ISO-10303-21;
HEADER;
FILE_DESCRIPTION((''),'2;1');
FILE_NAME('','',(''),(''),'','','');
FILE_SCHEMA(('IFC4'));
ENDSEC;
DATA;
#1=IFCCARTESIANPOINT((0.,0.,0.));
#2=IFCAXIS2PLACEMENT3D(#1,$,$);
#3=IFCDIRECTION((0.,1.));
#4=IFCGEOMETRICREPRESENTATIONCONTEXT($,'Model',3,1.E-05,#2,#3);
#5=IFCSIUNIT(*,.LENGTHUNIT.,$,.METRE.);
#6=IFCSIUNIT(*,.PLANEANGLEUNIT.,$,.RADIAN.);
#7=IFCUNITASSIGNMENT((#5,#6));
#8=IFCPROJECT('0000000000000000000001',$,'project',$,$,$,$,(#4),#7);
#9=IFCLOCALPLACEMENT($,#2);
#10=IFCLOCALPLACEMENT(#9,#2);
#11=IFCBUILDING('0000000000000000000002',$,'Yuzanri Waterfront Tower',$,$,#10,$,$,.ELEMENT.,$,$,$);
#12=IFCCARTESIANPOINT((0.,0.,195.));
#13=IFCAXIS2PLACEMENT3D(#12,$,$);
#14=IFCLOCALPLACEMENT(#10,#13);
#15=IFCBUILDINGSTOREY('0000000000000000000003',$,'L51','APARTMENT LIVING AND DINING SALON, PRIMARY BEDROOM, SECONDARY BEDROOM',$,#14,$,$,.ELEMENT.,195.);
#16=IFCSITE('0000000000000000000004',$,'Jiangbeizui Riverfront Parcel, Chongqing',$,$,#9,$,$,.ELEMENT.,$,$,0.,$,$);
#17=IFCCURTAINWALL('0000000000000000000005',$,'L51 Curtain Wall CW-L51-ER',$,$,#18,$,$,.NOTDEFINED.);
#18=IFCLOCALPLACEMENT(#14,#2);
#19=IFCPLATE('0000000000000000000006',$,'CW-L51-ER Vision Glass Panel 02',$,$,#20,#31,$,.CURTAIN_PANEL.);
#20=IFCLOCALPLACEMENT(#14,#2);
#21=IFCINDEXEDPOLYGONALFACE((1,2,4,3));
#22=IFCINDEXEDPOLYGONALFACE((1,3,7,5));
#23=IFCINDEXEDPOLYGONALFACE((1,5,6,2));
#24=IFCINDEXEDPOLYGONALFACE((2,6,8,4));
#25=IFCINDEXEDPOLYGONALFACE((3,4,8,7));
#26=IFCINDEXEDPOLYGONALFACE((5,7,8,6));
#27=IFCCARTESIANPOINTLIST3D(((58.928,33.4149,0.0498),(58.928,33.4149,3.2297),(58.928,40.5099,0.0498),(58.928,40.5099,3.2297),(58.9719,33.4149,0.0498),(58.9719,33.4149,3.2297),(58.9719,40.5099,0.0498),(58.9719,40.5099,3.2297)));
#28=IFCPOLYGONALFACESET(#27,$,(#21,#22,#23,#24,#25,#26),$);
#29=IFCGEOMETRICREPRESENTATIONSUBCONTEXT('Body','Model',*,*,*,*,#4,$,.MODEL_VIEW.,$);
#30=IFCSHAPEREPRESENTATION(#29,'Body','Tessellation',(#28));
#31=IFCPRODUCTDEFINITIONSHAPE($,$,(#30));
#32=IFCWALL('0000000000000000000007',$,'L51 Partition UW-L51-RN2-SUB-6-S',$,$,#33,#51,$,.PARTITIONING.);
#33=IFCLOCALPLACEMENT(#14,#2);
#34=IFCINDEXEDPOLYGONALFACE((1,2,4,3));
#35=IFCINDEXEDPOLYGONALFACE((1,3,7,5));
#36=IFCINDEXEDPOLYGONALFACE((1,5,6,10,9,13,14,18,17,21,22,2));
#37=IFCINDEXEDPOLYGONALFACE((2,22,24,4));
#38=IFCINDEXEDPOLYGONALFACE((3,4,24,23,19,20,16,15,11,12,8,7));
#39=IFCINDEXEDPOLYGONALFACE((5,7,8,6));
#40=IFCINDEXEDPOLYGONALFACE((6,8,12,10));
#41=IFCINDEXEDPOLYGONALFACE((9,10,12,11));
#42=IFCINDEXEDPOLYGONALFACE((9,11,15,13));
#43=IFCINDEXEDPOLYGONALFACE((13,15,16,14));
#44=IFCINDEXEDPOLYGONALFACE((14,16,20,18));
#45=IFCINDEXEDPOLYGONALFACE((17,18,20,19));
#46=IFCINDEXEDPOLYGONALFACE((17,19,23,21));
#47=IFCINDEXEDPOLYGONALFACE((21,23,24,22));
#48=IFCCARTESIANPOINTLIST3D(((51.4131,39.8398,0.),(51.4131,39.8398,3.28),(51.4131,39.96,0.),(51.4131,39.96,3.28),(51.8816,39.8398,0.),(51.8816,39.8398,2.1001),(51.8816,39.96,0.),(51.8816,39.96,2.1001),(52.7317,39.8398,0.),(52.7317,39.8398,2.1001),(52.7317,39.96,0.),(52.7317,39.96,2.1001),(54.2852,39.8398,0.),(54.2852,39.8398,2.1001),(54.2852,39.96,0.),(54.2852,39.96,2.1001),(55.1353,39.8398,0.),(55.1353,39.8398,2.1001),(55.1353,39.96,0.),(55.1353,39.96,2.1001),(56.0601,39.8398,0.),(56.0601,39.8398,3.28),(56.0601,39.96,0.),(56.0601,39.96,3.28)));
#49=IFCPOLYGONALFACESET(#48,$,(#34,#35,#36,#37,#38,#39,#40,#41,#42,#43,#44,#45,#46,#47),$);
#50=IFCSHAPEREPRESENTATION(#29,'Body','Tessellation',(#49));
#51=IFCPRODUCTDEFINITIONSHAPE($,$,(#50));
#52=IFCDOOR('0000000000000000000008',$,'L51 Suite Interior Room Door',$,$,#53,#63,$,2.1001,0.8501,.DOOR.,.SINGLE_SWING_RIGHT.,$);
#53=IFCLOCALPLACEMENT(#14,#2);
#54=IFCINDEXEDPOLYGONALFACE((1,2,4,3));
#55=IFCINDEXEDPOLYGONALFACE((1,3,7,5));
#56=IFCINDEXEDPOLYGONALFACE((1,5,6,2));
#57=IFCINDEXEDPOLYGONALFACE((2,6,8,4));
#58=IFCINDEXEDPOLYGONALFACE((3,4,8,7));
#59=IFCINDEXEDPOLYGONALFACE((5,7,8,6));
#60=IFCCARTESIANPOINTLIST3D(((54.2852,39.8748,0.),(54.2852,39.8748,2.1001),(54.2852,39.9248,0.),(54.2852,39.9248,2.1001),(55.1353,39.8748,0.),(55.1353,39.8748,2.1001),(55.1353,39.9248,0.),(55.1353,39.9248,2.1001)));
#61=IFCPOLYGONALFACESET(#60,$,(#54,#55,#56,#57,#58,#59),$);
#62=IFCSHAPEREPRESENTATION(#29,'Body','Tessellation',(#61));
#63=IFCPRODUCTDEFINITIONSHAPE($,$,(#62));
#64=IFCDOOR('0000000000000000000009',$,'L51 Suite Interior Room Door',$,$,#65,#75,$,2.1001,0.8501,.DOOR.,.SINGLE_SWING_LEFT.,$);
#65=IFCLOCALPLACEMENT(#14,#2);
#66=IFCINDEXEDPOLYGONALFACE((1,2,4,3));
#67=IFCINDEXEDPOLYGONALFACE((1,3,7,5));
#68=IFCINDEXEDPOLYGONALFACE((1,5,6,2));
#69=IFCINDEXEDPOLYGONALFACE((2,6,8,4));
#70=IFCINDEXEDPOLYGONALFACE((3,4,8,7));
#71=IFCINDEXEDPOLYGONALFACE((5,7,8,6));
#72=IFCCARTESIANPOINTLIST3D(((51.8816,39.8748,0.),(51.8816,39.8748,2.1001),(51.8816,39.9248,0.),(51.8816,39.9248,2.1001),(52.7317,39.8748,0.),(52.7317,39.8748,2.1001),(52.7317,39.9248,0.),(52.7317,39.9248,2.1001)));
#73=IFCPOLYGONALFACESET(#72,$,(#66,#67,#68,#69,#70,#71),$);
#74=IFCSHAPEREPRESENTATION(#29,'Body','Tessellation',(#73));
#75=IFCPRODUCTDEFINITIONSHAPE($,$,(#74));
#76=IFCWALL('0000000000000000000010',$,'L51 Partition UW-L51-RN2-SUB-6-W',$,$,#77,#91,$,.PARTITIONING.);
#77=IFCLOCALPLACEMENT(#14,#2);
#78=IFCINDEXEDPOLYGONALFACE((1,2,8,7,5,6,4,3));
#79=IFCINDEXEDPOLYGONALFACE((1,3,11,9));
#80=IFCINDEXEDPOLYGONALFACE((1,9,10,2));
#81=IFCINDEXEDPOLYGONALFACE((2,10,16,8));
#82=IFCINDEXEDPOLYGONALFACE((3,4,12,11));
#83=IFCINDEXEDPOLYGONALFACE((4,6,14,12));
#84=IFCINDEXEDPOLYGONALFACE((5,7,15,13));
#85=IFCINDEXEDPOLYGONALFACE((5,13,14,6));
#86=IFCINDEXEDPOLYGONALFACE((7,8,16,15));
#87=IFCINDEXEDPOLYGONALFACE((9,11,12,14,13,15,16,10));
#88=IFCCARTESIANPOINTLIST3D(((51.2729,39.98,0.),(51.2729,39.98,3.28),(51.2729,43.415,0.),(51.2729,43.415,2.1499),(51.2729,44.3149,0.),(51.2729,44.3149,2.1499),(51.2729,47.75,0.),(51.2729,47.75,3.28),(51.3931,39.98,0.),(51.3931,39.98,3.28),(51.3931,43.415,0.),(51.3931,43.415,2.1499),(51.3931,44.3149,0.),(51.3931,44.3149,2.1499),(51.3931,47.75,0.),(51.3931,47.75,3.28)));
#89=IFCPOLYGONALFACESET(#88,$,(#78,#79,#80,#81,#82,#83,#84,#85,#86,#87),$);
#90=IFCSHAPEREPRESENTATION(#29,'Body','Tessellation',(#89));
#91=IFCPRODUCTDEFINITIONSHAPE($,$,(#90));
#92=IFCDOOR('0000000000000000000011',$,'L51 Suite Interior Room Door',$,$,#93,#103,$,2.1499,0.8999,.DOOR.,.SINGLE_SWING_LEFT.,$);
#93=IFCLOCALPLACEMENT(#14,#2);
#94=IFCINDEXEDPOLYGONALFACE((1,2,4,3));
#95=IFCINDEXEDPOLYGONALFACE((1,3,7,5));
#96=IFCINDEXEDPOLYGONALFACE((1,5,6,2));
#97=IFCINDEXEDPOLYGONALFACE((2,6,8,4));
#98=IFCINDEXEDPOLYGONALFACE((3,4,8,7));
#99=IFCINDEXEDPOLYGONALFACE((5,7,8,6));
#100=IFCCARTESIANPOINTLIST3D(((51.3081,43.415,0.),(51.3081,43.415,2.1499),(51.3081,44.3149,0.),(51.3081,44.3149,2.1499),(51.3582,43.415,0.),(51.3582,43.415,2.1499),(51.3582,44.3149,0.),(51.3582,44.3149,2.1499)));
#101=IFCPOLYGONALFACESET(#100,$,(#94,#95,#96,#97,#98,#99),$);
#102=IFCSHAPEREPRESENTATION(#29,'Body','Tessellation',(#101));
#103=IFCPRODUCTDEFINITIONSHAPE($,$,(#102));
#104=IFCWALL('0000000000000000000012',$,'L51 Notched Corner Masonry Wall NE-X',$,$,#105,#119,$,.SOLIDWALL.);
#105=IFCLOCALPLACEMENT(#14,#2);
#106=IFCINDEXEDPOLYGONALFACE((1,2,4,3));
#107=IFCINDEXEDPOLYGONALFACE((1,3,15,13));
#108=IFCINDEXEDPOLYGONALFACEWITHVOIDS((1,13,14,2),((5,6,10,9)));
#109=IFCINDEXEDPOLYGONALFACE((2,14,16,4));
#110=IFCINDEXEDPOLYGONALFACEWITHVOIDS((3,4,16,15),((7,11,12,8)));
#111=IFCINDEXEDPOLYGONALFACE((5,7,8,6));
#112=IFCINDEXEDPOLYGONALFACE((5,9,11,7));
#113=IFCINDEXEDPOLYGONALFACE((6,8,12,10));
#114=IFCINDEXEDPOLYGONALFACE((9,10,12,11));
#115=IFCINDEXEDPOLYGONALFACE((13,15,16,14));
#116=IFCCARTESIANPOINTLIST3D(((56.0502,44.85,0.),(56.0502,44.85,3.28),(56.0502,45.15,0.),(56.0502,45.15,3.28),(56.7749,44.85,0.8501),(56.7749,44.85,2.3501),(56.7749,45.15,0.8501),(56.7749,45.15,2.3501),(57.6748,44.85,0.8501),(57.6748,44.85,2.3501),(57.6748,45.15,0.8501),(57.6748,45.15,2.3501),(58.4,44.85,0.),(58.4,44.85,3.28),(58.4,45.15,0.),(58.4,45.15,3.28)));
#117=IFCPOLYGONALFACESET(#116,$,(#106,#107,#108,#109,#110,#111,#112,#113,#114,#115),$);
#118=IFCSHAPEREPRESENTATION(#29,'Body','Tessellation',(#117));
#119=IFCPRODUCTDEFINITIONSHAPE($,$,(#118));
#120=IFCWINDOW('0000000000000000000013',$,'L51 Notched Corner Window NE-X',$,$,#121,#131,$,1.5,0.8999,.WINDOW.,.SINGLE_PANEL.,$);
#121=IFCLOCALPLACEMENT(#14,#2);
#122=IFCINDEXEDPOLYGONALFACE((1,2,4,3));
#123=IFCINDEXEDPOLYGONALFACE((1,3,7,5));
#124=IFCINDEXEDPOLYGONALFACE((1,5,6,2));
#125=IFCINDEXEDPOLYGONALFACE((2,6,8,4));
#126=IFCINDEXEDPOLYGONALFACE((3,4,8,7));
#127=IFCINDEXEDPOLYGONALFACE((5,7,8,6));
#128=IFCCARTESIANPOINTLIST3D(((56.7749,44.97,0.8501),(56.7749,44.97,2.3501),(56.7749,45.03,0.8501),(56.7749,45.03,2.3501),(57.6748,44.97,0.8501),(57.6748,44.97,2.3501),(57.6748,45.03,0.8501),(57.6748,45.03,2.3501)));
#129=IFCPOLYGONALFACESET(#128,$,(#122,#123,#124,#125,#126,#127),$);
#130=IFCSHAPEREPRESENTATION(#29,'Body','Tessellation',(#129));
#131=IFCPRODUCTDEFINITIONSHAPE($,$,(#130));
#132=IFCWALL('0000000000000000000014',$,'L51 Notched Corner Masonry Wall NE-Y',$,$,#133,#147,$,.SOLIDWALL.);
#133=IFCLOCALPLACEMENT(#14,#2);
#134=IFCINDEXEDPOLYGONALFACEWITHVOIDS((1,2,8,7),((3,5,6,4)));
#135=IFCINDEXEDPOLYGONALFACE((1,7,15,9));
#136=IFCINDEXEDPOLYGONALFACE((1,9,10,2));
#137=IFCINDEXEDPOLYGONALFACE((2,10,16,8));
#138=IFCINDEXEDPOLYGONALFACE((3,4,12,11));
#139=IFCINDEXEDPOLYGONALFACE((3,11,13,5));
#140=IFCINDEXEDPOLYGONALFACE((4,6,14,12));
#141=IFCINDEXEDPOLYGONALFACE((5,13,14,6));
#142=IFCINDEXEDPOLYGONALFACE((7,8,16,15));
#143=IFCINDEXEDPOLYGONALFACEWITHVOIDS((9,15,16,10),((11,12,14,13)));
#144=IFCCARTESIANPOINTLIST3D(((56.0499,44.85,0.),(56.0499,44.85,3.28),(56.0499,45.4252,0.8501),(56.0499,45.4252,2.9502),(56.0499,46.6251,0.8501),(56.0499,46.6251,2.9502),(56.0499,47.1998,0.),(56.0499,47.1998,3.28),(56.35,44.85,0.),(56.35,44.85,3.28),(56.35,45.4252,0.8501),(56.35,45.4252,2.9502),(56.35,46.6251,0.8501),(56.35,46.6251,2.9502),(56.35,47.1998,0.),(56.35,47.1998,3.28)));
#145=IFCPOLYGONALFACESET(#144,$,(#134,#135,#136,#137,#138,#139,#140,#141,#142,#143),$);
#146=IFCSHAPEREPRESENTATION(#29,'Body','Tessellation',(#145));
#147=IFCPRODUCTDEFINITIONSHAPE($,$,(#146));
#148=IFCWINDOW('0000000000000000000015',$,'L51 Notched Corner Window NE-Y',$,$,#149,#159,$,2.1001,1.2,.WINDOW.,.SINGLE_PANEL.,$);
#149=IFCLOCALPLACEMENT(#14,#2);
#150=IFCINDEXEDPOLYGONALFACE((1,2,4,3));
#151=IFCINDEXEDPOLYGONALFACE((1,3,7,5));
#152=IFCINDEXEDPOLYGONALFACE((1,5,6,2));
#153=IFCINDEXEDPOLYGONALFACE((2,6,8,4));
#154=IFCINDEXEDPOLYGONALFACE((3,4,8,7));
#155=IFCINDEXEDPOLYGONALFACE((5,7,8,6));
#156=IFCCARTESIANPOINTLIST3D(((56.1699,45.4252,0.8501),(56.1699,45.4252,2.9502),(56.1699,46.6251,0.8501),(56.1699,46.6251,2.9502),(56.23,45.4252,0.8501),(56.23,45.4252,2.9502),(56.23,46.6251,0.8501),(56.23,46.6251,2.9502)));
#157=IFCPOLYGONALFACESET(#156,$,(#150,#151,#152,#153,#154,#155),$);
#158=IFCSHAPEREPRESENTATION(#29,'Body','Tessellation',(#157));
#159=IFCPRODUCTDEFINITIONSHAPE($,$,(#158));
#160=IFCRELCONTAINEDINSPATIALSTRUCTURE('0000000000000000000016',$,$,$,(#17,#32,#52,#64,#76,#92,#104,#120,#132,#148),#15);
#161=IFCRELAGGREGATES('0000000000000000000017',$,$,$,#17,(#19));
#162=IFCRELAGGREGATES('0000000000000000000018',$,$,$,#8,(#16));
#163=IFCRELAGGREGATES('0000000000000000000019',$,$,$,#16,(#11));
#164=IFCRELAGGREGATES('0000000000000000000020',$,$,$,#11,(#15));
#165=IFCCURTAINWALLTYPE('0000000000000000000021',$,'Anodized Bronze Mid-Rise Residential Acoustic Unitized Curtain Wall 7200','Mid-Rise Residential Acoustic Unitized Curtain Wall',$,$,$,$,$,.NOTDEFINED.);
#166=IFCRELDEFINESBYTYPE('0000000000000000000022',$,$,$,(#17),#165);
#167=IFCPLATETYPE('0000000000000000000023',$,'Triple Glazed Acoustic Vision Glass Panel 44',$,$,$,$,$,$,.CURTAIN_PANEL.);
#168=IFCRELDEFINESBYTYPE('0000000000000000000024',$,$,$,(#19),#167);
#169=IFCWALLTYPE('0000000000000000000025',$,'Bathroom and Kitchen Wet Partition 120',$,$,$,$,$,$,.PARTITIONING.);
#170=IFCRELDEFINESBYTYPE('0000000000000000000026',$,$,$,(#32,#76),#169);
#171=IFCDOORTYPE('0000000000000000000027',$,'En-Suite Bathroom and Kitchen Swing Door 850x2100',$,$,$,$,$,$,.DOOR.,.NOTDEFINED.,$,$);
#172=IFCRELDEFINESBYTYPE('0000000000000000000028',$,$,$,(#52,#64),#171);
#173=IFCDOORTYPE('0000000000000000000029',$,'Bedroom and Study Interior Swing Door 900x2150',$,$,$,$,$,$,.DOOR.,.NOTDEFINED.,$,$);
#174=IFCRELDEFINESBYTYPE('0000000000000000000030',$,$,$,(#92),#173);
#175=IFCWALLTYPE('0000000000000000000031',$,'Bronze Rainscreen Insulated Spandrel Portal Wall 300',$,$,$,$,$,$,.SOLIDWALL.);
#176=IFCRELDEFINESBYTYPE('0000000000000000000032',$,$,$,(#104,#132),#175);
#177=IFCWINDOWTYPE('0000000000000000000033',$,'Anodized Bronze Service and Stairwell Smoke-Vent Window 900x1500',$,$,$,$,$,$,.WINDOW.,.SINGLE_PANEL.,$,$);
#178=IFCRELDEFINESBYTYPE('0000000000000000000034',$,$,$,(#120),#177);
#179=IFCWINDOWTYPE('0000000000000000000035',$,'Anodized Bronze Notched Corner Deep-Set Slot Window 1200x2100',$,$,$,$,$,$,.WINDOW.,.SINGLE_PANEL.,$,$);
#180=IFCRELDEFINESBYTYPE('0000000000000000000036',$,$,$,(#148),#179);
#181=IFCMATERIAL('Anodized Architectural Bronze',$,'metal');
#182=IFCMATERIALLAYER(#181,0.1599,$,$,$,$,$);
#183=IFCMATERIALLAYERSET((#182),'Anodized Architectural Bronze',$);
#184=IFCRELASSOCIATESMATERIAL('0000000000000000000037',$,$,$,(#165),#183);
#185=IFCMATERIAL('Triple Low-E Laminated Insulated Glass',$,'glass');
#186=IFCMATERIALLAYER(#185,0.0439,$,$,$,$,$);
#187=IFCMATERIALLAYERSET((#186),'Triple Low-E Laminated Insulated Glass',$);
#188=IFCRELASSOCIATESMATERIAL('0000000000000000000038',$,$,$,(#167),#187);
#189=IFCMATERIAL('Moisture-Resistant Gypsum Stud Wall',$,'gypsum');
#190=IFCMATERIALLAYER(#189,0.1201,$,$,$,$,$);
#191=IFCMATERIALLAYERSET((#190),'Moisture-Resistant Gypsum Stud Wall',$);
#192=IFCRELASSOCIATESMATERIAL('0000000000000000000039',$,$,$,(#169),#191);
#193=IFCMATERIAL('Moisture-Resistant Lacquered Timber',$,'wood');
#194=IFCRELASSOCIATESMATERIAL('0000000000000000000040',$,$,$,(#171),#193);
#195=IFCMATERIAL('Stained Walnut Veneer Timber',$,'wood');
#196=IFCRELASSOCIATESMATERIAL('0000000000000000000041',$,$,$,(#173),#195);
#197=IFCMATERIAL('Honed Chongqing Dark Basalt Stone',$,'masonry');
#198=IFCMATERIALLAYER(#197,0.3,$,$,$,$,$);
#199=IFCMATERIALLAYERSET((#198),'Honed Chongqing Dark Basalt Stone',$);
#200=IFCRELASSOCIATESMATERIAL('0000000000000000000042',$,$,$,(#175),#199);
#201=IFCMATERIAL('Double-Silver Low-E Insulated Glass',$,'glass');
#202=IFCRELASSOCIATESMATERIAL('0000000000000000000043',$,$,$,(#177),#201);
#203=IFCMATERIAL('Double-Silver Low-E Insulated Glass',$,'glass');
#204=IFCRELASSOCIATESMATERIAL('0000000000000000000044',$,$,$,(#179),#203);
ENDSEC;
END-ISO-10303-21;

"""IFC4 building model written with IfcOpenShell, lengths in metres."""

from ifc_helpers import new_model, si_unit, direction, frame, frame_2d, origin, origin_2d, place, context, subcontext, project, spatial, rectangle, extrude, source, transform, mapped, material, layer, layer_set, type_object, element, fill, aggregate, save


model = new_model("IFC4")

# Units and contexts
model_context = context("Model", 3, precision=1e-05, world=origin(), true_north=direction((0.0, 1.0)))
body_context = subcontext(model_context, "Body", "Model", "MODEL_VIEW")
ifc_project = project(units=[si_unit("LENGTHUNIT", "METRE"), si_unit("PLANEANGLEUNIT", "RADIAN")], contexts=[model_context])

# Site, building, storey
site_placement = place(None, origin())
site = spatial("IfcSite", under=ifc_project, at=site_placement, Name="Jiangbeizui Riverfront Parcel, Chongqing", CompositionType="ELEMENT", RefElevation=0.0)
building_placement = place(site_placement, origin())
building = spatial("IfcBuilding", under=site, at=building_placement, Name="Yuzanri Waterfront Tower", CompositionType="ELEMENT")
storey_placement = place(building_placement, frame((0.0, 0.0, 195.0)))
storey = spatial("IfcBuildingStorey", under=building, at=storey_placement, Name="L51", Description="APARTMENT LIVING AND DINING SALON, PRIMARY BEDROOM, SECONDARY BEDROOM", CompositionType="ELEMENT", Elevation=195.0)

# Curtain wall
ifc_material_1 = material(Name="Anodized Architectural Bronze", Category="metal")
ifc_layer_1 = layer(ifc_material_1, 0.1599)
ifc_layer_set_1 = layer_set([ifc_layer_1], Name="Anodized Architectural Bronze")
curtain_wall_type = type_object("IfcCurtainWallType", Name="Anodized Bronze Mid-Rise Residential Acoustic Unitized Curtain Wall 7200", Description="Mid-Rise Residential Acoustic Unitized Curtain Wall", PredefinedType="NOTDEFINED", material=ifc_layer_set_1)
curtain_wall_1_placement = place(storey_placement, origin())
curtain_wall_1 = element("IfcCurtainWall", 1, at=curtain_wall_1_placement, inside=storey, type_object=curtain_wall_type, Name="L51 Curtain Wall CW-L51-ER", PredefinedType="NOTDEFINED")

# Plate
ifc_material_2 = material(Name="Triple Low-E Laminated Insulated Glass", Category="glass")
ifc_layer_2 = layer(ifc_material_2, 0.0439)
ifc_layer_set_2 = layer_set([ifc_layer_2], Name="Triple Low-E Laminated Insulated Glass")
plate_type_1 = type_object("IfcPlateType", Name="Triple Glazed Acoustic Vision Glass Panel 44", PredefinedType="CURTAIN_PANEL", material=ifc_layer_set_2)
shared_shape_1 = source(origin(), body_context, "Body", "SweptSolid", [
    extrude(rectangle(XDim=7.095, YDim=0.0439, at=origin_2d()), origin(), (0.0, 0.0, 1.0), 3.1799),
])
plate_placement = place(storey_placement, frame((58.95, 36.9624, 0.0498), z_axis=(0.0, 0.0, 1.0), x_axis=(0.0, 1.0, 0.0)))
plate = element("IfcPlate", 2, at=plate_placement, type_object=plate_type_1, Name="CW-L51-ER Vision Glass Panel 02", PredefinedType="CURTAIN_PANEL", context=body_context, shape_type="MappedRepresentation", body=[
    mapped(shared_shape_1, transform((0.0, 0.0, 0.0), scale=1.0)),
])
aggregate(curtain_wall_1, [plate])

# Wall, openings, doors
ifc_material_3 = material(Name="Moisture-Resistant Gypsum Stud Wall", Category="gypsum")
ifc_layer_3 = layer(ifc_material_3, 0.1201)
ifc_layer_set_3 = layer_set([ifc_layer_3], Name="Moisture-Resistant Gypsum Stud Wall")
wall_type_1 = type_object("IfcWallType", Name="Bathroom and Kitchen Wet Partition 120", PredefinedType="PARTITIONING", material=ifc_layer_set_3)
wall_1_placement = place(storey_placement, frame((51.4131, 39.8999, 0.0), z_axis=(0.0, 0.0, 1.0), x_axis=(1.0, 0.0, 0.0)))
wall_1 = element("IfcWall", 3, at=wall_1_placement, inside=storey, type_object=wall_type_1, Name="L51 Partition UW-L51-RN2-SUB-6-S", PredefinedType="PARTITIONING", context=body_context, shape_type="SweptSolid", body=[
    extrude(rectangle(XDim=4.647, YDim=0.1201, at=frame_2d((2.3235, 0.0))), origin(), (0.0, 0.0, 1.0), 3.28),
])
opening_1_placement = place(wall_1_placement, frame((2.8721, 0.0, 0.0)))
opening_1 = element("IfcOpeningElement", 4, at=opening_1_placement, cuts=wall_1, PredefinedType="OPENING", context=body_context, shape_type="SweptSolid", body=[
    extrude(rectangle(XDim=0.8501, YDim=2.1001, at=frame_2d((0.425, 1.05))), frame((0.0, 0.075, 0.0), z_axis=(0.0, -1.0, 0.0), x_axis=(1.0, 0.0, 0.0)), (0.0, 0.0, 1.0), 0.1499),
])
opening_2_placement = place(wall_1_placement, frame((0.4685, 0.0, 0.0)))
opening_2 = element("IfcOpeningElement", 5, at=opening_2_placement, cuts=wall_1, PredefinedType="OPENING", context=body_context, shape_type="SweptSolid", body=[
    extrude(rectangle(XDim=0.8501, YDim=2.1001, at=frame_2d((0.425, 1.05))), frame((0.0, 0.075, 0.0), z_axis=(0.0, -1.0, 0.0), x_axis=(1.0, 0.0, 0.0)), (0.0, 0.0, 1.0), 0.1499),
])
ifc_material_4 = material(Name="Moisture-Resistant Lacquered Timber", Category="wood")
door_type_1 = type_object("IfcDoorType", Name="En-Suite Bathroom and Kitchen Swing Door 850x2100", OperationType="NOTDEFINED", PredefinedType="DOOR", material=ifc_material_4)
shared_shape_2 = source(origin(), body_context, "Body", "SweptSolid", [
    extrude(rectangle(XDim=0.8501, YDim=2.1001, at=frame_2d((0.425, 1.05))), frame((0.0, 0.0249, 0.0), z_axis=(0.0, -1.0, 0.0), x_axis=(1.0, 0.0, 0.0)), (0.0, 0.0, 1.0), 0.05),
])
door_1_placement = place(opening_1_placement, origin())
door_1 = element("IfcDoor", 6, at=door_1_placement, inside=storey, type_object=door_type_1, Name="L51 Suite Interior Room Door", OperationType="SINGLE_SWING_RIGHT", OverallHeight=2.1001, OverallWidth=0.8501, PredefinedType="DOOR", context=body_context, shape_type="MappedRepresentation", body=[
    mapped(shared_shape_2, transform((0.0, 0.0, 0.0), scale=1.0)),
])
fill(opening_1, door_1)
door_2_placement = place(opening_2_placement, origin())
door_2 = element("IfcDoor", 7, at=door_2_placement, inside=storey, type_object=door_type_1, Name="L51 Suite Interior Room Door", OperationType="SINGLE_SWING_LEFT", OverallHeight=2.1001, OverallWidth=0.8501, PredefinedType="DOOR", context=body_context, shape_type="MappedRepresentation", body=[
    mapped(shared_shape_2, transform((0.0, 0.0, 0.0), scale=1.0)),
])
fill(opening_2, door_2)

# Wall, opening, door
wall_2_placement = place(storey_placement, frame((51.333, 39.98, 0.0), z_axis=(0.0, 0.0, 1.0), x_axis=(0.0, 1.0, 0.0)))
wall_2 = element("IfcWall", 8, at=wall_2_placement, inside=storey, type_object=wall_type_1, Name="L51 Partition UW-L51-RN2-SUB-6-W", PredefinedType="PARTITIONING", context=body_context, shape_type="SweptSolid", body=[
    extrude(rectangle(XDim=7.77, YDim=0.1201, at=frame_2d((3.885, 0.0))), origin(), (0.0, 0.0, 1.0), 3.28),
])
opening_3_placement = place(wall_2_placement, frame((3.4351, 0.0, 0.0)))
opening_3 = element("IfcOpeningElement", 9, at=opening_3_placement, cuts=wall_2, PredefinedType="OPENING", context=body_context, shape_type="SweptSolid", body=[
    extrude(rectangle(XDim=0.8999, YDim=2.1499, at=frame_2d((0.45, 1.075))), frame((0.0, 0.075, 0.0), z_axis=(0.0, -1.0, 0.0), x_axis=(1.0, 0.0, 0.0)), (0.0, 0.0, 1.0), 0.1499),
])
ifc_material_5 = material(Name="Stained Walnut Veneer Timber", Category="wood")
door_type_2 = type_object("IfcDoorType", Name="Bedroom and Study Interior Swing Door 900x2150", OperationType="NOTDEFINED", PredefinedType="DOOR", material=ifc_material_5)
shared_shape_3 = source(origin(), body_context, "Body", "SweptSolid", [
    extrude(rectangle(XDim=0.8999, YDim=2.1499, at=frame_2d((0.45, 1.075))), frame((0.0, 0.0249, 0.0), z_axis=(0.0, -1.0, 0.0), x_axis=(1.0, 0.0, 0.0)), (0.0, 0.0, 1.0), 0.05),
])
door_3_placement = place(opening_3_placement, origin())
door_3 = element("IfcDoor", 10, at=door_3_placement, inside=storey, type_object=door_type_2, Name="L51 Suite Interior Room Door", OperationType="SINGLE_SWING_LEFT", OverallHeight=2.1499, OverallWidth=0.8999, PredefinedType="DOOR", context=body_context, shape_type="MappedRepresentation", body=[
    mapped(shared_shape_3, transform((0.0, 0.0, 0.0), scale=1.0)),
])
fill(opening_3, door_3)

# Walls, openings, windows
ifc_material_6 = material(Name="Honed Chongqing Dark Basalt Stone", Category="masonry")
ifc_layer_4 = layer(ifc_material_6, 0.3)
ifc_layer_set_4 = layer_set([ifc_layer_4], Name="Honed Chongqing Dark Basalt Stone")
wall_type_2 = type_object("IfcWallType", Name="Bronze Rainscreen Insulated Spandrel Portal Wall 300", PredefinedType="SOLIDWALL", material=ifc_layer_set_4)
wall_3_placement = place(storey_placement, frame((58.3999, 45.0, 0.0), z_axis=(0.0, 0.0, 1.0), x_axis=(-1.0, 0.0, 0.0)))
wall_3 = element("IfcWall", 11, at=wall_3_placement, inside=storey, type_object=wall_type_2, Name="L51 Notched Corner Masonry Wall NE-X", PredefinedType="SOLIDWALL", context=body_context, shape_type="SweptSolid", body=[
    extrude(rectangle(XDim=2.3499, YDim=0.3, at=frame_2d((1.1748, 0.0))), origin(), (0.0, 0.0, 1.0), 3.28),
])
opening_4_placement = place(wall_3_placement, frame((0.7251, 0.0, 0.8501)))
opening_4 = element("IfcOpeningElement", 12, at=opening_4_placement, cuts=wall_3, PredefinedType="OPENING", context=body_context, shape_type="SweptSolid", body=[
    extrude(rectangle(XDim=0.8999, YDim=1.5, at=frame_2d((0.45, 0.75))), frame((0.0, 0.165, 0.0), z_axis=(0.0, -1.0, 0.0), x_axis=(1.0, 0.0, 0.0)), (0.0, 0.0, 1.0), 0.3298),
])
ifc_material_7 = material(Name="Double-Silver Low-E Insulated Glass", Category="glass")
window_type_1 = type_object("IfcWindowType", Name="Anodized Bronze Service and Stairwell Smoke-Vent Window 900x1500", PartitioningType="SINGLE_PANEL", PredefinedType="WINDOW", material=ifc_material_7)
shared_shape_4 = source(origin(), body_context, "Body", "SweptSolid", [
    extrude(rectangle(XDim=0.8999, YDim=1.5, at=frame_2d((0.45, 0.75))), frame((0.0, 0.03, 0.0), z_axis=(0.0, -1.0, 0.0), x_axis=(1.0, 0.0, 0.0)), (0.0, 0.0, 1.0), 0.0601),
])
window_1_placement = place(opening_4_placement, origin())
window_1 = element("IfcWindow", 13, at=window_1_placement, inside=storey, type_object=window_type_1, Name="L51 Notched Corner Window NE-X", OverallHeight=1.5, OverallWidth=0.8999, PartitioningType="SINGLE_PANEL", PredefinedType="WINDOW", context=body_context, shape_type="MappedRepresentation", body=[
    mapped(shared_shape_4, transform((0.0, 0.0, 0.0), scale=1.0)),
])
fill(opening_4, window_1)
wall_4_placement = place(storey_placement, frame((56.2, 44.8501, 0.0), z_axis=(0.0, 0.0, 1.0), x_axis=(0.0, 1.0, 0.0)))
wall_4 = element("IfcWall", 14, at=wall_4_placement, inside=storey, type_object=wall_type_2, Name="L51 Notched Corner Masonry Wall NE-Y", PredefinedType="SOLIDWALL", context=body_context, shape_type="SweptSolid", body=[
    extrude(rectangle(XDim=2.3499, YDim=0.3, at=frame_2d((1.1748, 0.0))), origin(), (0.0, 0.0, 1.0), 3.28),
])
opening_5_placement = place(wall_4_placement, frame((0.575, 0.0, 0.8501)))
opening_5 = element("IfcOpeningElement", 15, at=opening_5_placement, cuts=wall_4, PredefinedType="OPENING", context=body_context, shape_type="SweptSolid", body=[
    extrude(rectangle(XDim=1.2, YDim=2.1001, at=frame_2d((0.6001, 1.05))), frame((0.0, 0.165, 0.0), z_axis=(0.0, -1.0, 0.0), x_axis=(1.0, 0.0, 0.0)), (0.0, 0.0, 1.0), 0.3298),
])
ifc_material_8 = material(Name="Double-Silver Low-E Insulated Glass", Category="glass")
window_type_2 = type_object("IfcWindowType", Name="Anodized Bronze Notched Corner Deep-Set Slot Window 1200x2100", PartitioningType="SINGLE_PANEL", PredefinedType="WINDOW", material=ifc_material_8)
shared_shape_5 = source(origin(), body_context, "Body", "SweptSolid", [
    extrude(rectangle(XDim=1.2, YDim=2.1001, at=frame_2d((0.6001, 1.05))), frame((0.0, 0.03, 0.0), z_axis=(0.0, -1.0, 0.0), x_axis=(1.0, 0.0, 0.0)), (0.0, 0.0, 1.0), 0.0601),
])
window_2_placement = place(opening_5_placement, origin())
window_2 = element("IfcWindow", 16, at=window_2_placement, inside=storey, type_object=window_type_2, Name="L51 Notched Corner Window NE-Y", OverallHeight=2.1001, OverallWidth=1.2, PartitioningType="SINGLE_PANEL", PredefinedType="WINDOW", context=body_context, shape_type="MappedRepresentation", body=[
    mapped(shared_shape_5, transform((0.0, 0.0, 0.0), scale=1.0)),
])
fill(opening_5, window_2)

save(model, "model.ifc")
